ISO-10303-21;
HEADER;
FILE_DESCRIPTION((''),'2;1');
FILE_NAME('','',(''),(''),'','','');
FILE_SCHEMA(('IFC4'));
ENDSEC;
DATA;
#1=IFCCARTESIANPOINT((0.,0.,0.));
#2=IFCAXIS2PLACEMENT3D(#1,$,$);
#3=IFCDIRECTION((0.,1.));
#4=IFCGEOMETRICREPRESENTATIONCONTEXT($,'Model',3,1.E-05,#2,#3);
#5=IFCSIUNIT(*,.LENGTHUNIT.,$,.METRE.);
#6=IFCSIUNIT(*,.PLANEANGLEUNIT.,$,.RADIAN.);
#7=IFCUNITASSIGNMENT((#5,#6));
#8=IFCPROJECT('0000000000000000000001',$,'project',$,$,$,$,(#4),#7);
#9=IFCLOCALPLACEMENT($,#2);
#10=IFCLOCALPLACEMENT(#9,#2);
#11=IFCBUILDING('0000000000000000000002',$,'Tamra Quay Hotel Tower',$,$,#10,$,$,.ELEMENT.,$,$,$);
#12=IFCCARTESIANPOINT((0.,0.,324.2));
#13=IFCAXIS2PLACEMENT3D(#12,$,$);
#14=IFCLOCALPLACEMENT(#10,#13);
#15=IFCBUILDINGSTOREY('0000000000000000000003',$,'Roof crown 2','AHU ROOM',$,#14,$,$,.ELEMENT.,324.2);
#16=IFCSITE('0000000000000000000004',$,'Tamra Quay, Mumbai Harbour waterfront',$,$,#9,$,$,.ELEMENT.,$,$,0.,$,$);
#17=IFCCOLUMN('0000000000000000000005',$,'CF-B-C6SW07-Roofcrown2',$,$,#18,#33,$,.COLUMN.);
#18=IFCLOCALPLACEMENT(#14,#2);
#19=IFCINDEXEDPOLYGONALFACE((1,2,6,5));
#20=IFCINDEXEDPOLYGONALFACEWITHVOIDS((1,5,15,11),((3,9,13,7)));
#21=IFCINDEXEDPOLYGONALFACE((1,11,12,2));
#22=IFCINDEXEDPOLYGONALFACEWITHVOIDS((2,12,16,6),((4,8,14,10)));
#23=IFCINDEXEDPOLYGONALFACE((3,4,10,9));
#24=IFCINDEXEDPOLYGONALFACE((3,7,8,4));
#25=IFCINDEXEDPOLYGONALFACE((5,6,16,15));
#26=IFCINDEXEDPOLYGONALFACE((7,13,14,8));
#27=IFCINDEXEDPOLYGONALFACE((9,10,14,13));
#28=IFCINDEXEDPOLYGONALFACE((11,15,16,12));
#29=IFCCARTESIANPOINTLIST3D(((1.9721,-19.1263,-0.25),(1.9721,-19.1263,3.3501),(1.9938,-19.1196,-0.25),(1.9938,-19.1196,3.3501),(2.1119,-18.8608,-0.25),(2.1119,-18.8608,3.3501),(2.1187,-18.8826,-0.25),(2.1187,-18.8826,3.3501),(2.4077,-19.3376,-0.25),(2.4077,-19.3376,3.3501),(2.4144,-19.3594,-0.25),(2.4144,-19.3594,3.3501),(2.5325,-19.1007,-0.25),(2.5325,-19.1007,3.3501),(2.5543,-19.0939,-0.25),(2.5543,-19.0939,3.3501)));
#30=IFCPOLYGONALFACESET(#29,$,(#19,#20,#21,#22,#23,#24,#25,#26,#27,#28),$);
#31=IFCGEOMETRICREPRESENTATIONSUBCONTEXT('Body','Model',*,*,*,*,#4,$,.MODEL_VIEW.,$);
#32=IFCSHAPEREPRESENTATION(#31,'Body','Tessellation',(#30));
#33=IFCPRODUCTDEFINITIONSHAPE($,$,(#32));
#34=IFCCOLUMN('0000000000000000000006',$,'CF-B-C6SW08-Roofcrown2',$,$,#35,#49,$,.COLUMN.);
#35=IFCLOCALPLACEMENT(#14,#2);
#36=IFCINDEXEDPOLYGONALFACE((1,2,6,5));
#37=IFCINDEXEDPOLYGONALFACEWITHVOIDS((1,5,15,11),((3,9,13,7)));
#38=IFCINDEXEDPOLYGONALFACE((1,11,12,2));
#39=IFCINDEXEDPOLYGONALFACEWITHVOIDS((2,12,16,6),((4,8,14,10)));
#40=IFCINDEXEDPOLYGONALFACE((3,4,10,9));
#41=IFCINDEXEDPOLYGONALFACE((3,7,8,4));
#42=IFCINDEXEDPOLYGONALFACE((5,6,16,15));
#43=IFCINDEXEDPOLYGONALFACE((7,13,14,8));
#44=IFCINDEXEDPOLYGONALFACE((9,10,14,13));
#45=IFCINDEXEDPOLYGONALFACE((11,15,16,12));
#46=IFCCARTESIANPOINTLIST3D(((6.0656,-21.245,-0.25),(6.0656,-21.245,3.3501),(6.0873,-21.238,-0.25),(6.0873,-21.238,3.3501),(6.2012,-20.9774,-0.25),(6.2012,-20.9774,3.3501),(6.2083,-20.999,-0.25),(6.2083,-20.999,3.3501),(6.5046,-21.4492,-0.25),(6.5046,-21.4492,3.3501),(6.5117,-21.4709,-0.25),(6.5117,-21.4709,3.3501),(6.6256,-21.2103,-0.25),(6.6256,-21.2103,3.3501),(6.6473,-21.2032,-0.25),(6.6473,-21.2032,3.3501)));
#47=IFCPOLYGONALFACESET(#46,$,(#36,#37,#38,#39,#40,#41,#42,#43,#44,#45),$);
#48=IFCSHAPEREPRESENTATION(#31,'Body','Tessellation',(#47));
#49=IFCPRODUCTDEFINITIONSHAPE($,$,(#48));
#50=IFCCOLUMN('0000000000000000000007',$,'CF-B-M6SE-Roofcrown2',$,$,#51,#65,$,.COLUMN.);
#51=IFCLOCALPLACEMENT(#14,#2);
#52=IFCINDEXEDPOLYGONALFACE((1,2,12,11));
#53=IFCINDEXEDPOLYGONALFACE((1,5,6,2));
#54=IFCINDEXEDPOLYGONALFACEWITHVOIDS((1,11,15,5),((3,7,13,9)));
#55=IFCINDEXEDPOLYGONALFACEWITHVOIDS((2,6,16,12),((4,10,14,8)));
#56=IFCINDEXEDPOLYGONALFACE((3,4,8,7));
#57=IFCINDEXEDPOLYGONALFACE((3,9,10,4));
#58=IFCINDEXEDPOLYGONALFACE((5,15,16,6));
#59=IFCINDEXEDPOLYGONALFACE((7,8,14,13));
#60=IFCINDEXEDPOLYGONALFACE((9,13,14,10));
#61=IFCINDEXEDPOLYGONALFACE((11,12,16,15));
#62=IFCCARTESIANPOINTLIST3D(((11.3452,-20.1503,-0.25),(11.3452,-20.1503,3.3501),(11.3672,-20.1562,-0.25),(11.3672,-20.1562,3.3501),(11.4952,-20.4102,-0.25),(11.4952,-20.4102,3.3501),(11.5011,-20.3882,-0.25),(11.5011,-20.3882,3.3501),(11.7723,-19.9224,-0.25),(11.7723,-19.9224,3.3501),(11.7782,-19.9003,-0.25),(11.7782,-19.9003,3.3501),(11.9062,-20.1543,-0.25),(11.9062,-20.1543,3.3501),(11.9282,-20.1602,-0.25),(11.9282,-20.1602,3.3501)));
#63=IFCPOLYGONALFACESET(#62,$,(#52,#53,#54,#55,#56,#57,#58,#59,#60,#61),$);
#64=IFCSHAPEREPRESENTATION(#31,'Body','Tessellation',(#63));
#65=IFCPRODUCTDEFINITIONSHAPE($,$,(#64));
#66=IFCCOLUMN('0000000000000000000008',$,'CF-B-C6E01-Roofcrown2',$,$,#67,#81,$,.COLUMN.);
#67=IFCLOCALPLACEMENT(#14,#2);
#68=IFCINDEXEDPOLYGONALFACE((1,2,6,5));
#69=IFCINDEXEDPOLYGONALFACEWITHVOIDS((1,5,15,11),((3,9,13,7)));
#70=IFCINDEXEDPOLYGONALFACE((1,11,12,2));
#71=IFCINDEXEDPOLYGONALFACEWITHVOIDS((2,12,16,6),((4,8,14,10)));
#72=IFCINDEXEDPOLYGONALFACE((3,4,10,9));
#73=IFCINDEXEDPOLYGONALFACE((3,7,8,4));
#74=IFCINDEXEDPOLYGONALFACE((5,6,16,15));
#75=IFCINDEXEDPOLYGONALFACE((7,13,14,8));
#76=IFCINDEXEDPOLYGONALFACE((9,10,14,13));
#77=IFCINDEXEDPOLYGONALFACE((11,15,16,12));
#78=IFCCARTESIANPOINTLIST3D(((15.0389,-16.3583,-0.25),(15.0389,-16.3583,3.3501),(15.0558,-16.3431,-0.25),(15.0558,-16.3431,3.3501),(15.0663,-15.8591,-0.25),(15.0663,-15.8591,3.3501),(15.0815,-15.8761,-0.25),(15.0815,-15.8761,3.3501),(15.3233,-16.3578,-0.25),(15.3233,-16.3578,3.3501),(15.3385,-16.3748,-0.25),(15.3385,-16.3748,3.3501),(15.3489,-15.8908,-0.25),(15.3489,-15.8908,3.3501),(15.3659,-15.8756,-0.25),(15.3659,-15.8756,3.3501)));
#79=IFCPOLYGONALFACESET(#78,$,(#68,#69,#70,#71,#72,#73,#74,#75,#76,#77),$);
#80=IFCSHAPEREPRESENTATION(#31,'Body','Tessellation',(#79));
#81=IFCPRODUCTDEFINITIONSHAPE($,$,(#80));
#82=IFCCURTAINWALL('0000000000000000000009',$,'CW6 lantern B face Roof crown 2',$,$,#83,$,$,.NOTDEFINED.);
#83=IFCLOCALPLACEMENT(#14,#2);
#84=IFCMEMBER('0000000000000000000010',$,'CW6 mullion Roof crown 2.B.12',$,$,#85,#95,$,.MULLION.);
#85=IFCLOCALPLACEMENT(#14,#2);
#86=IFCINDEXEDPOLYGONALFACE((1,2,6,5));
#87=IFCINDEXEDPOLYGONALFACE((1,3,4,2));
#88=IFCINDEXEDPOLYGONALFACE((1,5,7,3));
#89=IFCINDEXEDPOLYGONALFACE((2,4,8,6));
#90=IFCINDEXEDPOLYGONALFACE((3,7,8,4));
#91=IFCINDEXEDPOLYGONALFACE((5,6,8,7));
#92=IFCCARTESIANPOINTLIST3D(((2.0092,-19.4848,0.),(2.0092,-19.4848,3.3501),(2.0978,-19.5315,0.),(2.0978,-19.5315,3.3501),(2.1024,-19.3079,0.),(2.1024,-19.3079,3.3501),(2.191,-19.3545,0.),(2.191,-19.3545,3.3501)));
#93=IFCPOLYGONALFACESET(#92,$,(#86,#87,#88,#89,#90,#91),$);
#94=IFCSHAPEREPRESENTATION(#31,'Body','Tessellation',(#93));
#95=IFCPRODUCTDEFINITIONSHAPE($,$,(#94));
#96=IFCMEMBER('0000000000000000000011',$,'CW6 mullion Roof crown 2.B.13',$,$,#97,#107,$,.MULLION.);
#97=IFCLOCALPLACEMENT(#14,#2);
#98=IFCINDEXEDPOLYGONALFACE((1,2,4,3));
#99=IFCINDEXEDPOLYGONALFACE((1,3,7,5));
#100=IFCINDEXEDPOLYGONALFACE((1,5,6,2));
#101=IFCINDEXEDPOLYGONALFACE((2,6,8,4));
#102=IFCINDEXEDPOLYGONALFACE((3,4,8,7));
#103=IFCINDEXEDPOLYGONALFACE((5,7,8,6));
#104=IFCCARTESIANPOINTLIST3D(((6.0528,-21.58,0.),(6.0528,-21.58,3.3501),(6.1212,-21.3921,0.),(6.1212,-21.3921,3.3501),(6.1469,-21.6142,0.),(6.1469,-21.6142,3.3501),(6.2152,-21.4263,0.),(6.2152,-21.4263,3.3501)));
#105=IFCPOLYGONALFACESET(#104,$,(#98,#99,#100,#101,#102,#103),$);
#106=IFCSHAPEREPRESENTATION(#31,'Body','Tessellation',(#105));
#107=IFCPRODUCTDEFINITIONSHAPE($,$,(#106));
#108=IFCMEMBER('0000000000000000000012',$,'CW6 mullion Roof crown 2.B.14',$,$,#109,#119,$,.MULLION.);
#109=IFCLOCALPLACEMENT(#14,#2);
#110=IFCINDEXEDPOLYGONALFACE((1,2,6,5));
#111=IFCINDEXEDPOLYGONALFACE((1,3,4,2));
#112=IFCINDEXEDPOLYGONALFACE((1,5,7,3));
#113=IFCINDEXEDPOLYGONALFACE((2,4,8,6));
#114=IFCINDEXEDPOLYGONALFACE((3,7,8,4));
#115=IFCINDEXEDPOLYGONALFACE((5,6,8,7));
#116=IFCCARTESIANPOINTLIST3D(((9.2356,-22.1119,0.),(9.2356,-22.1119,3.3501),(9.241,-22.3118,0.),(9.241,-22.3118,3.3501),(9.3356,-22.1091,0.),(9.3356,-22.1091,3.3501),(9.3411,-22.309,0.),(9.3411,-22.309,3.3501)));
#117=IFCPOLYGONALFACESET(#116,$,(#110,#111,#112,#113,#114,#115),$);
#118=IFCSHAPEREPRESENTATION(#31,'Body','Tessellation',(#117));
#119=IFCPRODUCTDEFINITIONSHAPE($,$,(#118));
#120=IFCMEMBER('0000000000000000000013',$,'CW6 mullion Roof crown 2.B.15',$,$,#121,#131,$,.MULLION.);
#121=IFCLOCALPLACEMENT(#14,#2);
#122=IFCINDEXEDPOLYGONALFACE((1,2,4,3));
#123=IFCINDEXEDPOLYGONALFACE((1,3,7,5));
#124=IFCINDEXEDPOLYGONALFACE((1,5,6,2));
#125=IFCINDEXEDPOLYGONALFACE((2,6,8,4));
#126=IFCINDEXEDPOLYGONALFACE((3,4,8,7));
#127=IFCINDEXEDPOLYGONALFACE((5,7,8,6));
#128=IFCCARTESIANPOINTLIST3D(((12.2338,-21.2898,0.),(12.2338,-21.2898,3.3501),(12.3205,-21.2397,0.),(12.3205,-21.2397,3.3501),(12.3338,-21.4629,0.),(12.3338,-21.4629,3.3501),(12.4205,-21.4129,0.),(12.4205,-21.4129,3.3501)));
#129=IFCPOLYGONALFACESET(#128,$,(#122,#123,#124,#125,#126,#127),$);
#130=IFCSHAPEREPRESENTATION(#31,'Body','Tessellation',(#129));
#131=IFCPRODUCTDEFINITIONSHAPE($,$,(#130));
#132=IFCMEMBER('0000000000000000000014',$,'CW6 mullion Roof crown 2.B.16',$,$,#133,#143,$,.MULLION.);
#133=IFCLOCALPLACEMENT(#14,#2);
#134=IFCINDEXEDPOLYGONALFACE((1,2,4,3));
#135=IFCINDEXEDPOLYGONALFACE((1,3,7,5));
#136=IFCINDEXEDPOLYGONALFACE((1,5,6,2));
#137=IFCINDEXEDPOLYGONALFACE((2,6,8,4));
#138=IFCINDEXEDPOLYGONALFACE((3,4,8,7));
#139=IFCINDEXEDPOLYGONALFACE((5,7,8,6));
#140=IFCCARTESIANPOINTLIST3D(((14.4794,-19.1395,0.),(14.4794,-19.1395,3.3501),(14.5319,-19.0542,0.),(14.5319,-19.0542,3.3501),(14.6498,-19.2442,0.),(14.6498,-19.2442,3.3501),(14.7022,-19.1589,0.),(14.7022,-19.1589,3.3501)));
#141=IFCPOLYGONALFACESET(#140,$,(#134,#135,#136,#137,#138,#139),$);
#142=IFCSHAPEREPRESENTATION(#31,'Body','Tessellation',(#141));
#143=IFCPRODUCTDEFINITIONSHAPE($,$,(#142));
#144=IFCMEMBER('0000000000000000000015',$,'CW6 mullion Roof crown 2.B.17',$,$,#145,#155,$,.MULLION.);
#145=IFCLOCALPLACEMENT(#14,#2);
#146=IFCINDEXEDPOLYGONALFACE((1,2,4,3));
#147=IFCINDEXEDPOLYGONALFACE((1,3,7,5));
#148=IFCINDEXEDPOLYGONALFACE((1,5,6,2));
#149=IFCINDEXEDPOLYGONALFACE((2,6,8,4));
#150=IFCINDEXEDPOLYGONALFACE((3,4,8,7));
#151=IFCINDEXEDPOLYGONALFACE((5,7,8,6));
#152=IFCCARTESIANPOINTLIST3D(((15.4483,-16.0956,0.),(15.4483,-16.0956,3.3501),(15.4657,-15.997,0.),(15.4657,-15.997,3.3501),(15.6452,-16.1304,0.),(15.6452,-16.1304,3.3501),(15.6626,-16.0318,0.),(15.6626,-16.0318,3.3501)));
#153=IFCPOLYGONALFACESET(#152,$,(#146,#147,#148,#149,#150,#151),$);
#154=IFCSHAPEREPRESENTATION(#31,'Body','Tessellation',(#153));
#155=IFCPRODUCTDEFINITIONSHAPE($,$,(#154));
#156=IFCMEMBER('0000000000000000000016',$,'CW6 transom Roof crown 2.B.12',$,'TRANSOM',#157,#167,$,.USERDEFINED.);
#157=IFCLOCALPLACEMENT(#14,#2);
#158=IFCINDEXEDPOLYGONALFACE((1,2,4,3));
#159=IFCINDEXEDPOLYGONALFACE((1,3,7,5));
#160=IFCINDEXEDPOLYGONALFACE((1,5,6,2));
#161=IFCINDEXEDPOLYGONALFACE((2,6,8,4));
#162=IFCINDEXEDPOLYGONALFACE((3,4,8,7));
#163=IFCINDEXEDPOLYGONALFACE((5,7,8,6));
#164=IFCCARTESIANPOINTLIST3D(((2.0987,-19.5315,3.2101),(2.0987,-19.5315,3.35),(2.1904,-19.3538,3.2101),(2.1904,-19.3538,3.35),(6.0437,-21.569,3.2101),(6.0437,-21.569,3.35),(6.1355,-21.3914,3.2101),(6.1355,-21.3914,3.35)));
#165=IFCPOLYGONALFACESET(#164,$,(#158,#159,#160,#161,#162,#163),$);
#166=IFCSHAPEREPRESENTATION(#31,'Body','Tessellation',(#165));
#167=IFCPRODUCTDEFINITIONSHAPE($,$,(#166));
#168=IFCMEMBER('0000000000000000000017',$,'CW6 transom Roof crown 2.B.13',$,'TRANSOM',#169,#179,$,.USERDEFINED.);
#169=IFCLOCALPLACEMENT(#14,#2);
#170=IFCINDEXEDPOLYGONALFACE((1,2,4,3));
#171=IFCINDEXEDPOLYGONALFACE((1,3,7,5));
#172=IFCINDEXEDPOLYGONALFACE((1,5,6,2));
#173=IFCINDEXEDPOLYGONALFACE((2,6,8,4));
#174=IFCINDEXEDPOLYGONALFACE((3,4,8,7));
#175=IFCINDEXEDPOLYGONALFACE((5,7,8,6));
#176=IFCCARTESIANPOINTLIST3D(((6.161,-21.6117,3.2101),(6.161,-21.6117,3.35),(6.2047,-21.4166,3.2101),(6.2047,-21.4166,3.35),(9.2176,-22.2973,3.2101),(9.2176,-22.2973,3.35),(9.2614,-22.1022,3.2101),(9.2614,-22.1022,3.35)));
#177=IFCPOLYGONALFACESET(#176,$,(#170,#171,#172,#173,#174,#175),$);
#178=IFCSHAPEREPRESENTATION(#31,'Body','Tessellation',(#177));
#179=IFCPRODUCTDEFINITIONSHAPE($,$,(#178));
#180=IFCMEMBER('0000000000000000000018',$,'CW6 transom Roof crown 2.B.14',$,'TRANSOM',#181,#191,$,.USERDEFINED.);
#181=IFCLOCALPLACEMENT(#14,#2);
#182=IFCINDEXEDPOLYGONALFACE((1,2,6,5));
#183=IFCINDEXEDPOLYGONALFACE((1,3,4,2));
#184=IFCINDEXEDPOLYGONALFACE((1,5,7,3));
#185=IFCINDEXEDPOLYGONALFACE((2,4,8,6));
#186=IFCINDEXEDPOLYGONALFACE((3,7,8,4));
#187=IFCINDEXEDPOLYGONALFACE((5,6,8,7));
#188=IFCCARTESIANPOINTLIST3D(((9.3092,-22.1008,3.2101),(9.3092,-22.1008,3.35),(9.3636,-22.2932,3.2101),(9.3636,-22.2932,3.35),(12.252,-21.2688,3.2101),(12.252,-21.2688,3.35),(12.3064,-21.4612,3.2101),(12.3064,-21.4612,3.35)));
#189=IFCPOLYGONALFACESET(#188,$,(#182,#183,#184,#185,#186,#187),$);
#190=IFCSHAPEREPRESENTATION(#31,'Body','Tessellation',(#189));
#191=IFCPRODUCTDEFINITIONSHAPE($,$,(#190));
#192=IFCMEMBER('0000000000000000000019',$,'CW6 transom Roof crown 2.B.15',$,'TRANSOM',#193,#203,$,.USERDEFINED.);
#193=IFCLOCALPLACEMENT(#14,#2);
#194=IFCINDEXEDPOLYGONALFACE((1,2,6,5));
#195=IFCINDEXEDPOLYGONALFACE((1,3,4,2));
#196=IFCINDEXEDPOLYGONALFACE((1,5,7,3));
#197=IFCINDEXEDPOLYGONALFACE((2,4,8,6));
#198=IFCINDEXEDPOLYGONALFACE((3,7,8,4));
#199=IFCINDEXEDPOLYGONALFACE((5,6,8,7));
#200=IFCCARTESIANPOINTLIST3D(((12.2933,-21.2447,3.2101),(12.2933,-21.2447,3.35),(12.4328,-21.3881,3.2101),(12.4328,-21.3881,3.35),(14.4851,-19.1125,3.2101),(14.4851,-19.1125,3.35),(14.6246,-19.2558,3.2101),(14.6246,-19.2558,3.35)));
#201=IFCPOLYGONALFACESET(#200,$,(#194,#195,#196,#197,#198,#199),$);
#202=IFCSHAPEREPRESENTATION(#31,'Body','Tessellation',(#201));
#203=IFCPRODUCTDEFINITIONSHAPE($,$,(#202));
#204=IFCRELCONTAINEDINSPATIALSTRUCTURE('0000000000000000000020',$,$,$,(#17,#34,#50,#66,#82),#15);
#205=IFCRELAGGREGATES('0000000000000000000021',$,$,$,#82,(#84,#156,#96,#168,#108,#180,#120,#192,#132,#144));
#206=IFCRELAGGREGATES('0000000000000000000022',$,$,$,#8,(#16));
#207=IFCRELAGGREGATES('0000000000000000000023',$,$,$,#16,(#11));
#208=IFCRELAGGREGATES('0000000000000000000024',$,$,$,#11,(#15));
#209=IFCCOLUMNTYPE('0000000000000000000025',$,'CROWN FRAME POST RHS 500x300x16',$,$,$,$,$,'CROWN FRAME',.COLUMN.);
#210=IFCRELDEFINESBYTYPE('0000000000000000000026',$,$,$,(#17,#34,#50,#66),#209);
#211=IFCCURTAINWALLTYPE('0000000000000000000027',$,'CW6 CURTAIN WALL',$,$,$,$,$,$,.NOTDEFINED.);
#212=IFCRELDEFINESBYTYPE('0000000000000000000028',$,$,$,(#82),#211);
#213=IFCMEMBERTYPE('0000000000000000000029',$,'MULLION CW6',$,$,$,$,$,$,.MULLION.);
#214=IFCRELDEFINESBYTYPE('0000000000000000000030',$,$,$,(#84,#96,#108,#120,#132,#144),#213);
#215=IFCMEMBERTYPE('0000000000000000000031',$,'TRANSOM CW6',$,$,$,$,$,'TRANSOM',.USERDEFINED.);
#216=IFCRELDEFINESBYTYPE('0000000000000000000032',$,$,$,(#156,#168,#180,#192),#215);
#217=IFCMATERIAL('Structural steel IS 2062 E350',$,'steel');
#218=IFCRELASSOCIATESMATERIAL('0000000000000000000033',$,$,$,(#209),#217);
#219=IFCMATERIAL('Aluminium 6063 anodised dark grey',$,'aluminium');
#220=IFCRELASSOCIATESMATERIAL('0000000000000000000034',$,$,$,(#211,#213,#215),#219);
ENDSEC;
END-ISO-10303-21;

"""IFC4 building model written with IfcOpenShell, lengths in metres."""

from ifc_helpers import new_model, si_unit, direction, frame, origin, origin_2d, place, context, subcontext, project, spatial, rectangle, hollow_rectangle, extrude, material, material_profile, profile_set, type_object, element, aggregate, save


model = new_model("IFC4")

# Units and contexts
model_context = context("Model", 3, precision=1e-05, world=origin(), true_north=direction((0.0, 1.0)))
body_context = subcontext(model_context, "Body", "Model", "MODEL_VIEW")
ifc_project = project(units=[si_unit("LENGTHUNIT", "METRE"), si_unit("PLANEANGLEUNIT", "RADIAN")], contexts=[model_context])

# Site, building, storey
site_placement = place(None, origin())
site = spatial("IfcSite", under=ifc_project, at=site_placement, Name="Tamra Quay, Mumbai Harbour waterfront", CompositionType="ELEMENT", RefElevation=0.0)
building_placement = place(site_placement, origin())
building = spatial("IfcBuilding", under=site, at=building_placement, Name="Tamra Quay Hotel Tower", CompositionType="ELEMENT")
storey_placement = place(building_placement, frame((0.0, 0.0, 324.2)))
storey = spatial("IfcBuildingStorey", under=building, at=storey_placement, Name="Roof crown 2", Description="AHU ROOM", CompositionType="ELEMENT", Elevation=324.2)

# Columns
ifc_material_1 = material(Name="Structural steel IS 2062 E350", Category="steel")
ifc_material_profile_1 = material_profile(ifc_material_1, hollow_rectangle(XDim=0.3, YDim=0.5, WallThickness=0.0161, at=origin_2d()), Name="RHS 500x300x16")
ifc_profile_set_1 = profile_set([ifc_material_profile_1], Name="Structural steel IS 2062 E350")
column_type = type_object("IfcColumnType", Name="CROWN FRAME POST RHS 500x300x16", ElementType="CROWN FRAME", PredefinedType="COLUMN", material=ifc_profile_set_1)
for number, where, z_axis, x_axis, name in (
    (1, (2.2632, -19.1101, -0.25), (0.0, 0.0, 1.0), (0.466118, 0.884723, 0.0), "CF-B-C6SW07-Roofcrown2"),
    (2, (6.3564, -21.2241, -0.25), (0.0, 0.0, 1.0), (0.451686, 0.892177, 0.0), "CF-B-C6SW08-Roofcrown2"),
    (3, (11.6367, -20.1553, -0.25), (0.0, 0.0, 1.0), (-0.5, 0.866025, 0.0), "CF-B-M6SE-Roofcrown2"),
    (4, (15.2024, -16.1169, -0.25), (0.0, 0.0, 1.0), (-0.998491, 0.054917, 0.0), "CF-B-C6E01-Roofcrown2"),
):
    element("IfcColumn", number, at=place(storey_placement, frame(where, z_axis=z_axis, x_axis=x_axis)), inside=storey, type_object=column_type, Name=name, PredefinedType="COLUMN", context=body_context, shape_type="SweptSolid", body=[
        extrude(hollow_rectangle(XDim=0.3, YDim=0.5, WallThickness=0.0161, at=origin_2d()), origin(), (0.0, 0.0, 1.0), 3.6001),
    ])

# Curtain wall, members
ifc_material_2 = material(Name="Aluminium 6063 anodised dark grey", Category="aluminium")
curtain_wall_type = type_object("IfcCurtainWallType", Name="CW6 CURTAIN WALL", PredefinedType="NOTDEFINED", material=ifc_material_2)
curtain_wall_placement = place(storey_placement, origin())
curtain_wall = element("IfcCurtainWall", 5, at=curtain_wall_placement, inside=storey, type_object=curtain_wall_type, Name="CW6 lantern B face Roof crown 2", PredefinedType="NOTDEFINED")
ifc_material_profile_2 = material_profile(ifc_material_2, rectangle(XDim=0.2, YDim=0.1001, at=origin_2d()), Name="MULLION 100X200")
ifc_profile_set_2 = profile_set([ifc_material_profile_2], Name="Aluminium 6063 anodised dark grey")
member_type_1 = type_object("IfcMemberType", Name="MULLION CW6", PredefinedType="MULLION", material=ifc_profile_set_2)
member_1_placement = place(storey_placement, frame((2.1001, -19.4197, 0.0), z_axis=(0.0, 0.0, 1.0), x_axis=(-0.465816, -0.884882, 0.0)))
member_1 = element("IfcMember", 6, at=member_1_placement, type_object=member_type_1, Name="CW6 mullion Roof crown 2.B.12", PredefinedType="MULLION", context=body_context, shape_type="SweptSolid", body=[
    extrude(rectangle(XDim=0.2, YDim=0.1001, at=origin_2d()), origin(), (0.0, 0.0, 1.0), 3.3501),
])
member_2_placement = place(storey_placement, frame((6.134, -21.5032, 0.0), z_axis=(0.0, 0.0, 1.0), x_axis=(-0.341653, -0.939826, 0.0)))
member_2 = element("IfcMember", 7, at=member_2_placement, type_object=member_type_1, Name="CW6 mullion Roof crown 2.B.13", PredefinedType="MULLION", context=body_context, shape_type="SweptSolid", body=[
    extrude(rectangle(XDim=0.2, YDim=0.1001, at=origin_2d()), origin(), (0.0, 0.0, 1.0), 3.3501),
])
member_3_placement = place(storey_placement, frame((9.2883, -22.2104, 0.0), z_axis=(0.0, 0.0, 1.0), x_axis=(0.027469, -0.999623, 0.0)))
member_3 = element("IfcMember", 8, at=member_3_placement, type_object=member_type_1, Name="CW6 mullion Roof crown 2.B.14", PredefinedType="MULLION", context=body_context, shape_type="SweptSolid", body=[
    extrude(rectangle(XDim=0.2, YDim=0.1001, at=origin_2d()), origin(), (0.0, 0.0, 1.0), 3.3501),
])
member_4_placement = place(storey_placement, frame((12.3271, -21.3513, 0.0), z_axis=(0.0, 0.0, 1.0), x_axis=(0.5, -0.866025, 0.0)))
member_4 = element("IfcMember", 9, at=member_4_placement, type_object=member_type_1, Name="CW6 mullion Roof crown 2.B.15", PredefinedType="MULLION", context=body_context, shape_type="SweptSolid", body=[
    extrude(rectangle(XDim=0.2, YDim=0.1001, at=origin_2d()), origin(), (0.0, 0.0, 1.0), 3.3501),
])
member_5_placement = place(storey_placement, frame((14.5908, -19.1492, 0.0), z_axis=(0.0, 0.0, 1.0), x_axis=(0.851964, -0.5236, 0.0)))
member_5 = element("IfcMember", 10, at=member_5_placement, type_object=member_type_1, Name="CW6 mullion Roof crown 2.B.16", PredefinedType="MULLION", context=body_context, shape_type="SweptSolid", body=[
    extrude(rectangle(XDim=0.2, YDim=0.1001, at=origin_2d()), origin(), (0.0, 0.0, 1.0), 3.3501),
])
member_6_placement = place(storey_placement, frame((15.5554, -16.0637, 0.0), z_axis=(0.0, 0.0, 1.0), x_axis=(0.98474, -0.174032, 0.0)))
member_6 = element("IfcMember", 11, at=member_6_placement, type_object=member_type_1, Name="CW6 mullion Roof crown 2.B.17", PredefinedType="MULLION", context=body_context, shape_type="SweptSolid", body=[
    extrude(rectangle(XDim=0.2, YDim=0.1001, at=origin_2d()), origin(), (0.0, 0.0, 1.0), 3.3501),
])
ifc_material_profile_3 = material_profile(ifc_material_2, rectangle(XDim=0.2, YDim=0.1399, at=origin_2d()), Name="TRANSOM 200X140")
ifc_profile_set_3 = profile_set([ifc_material_profile_3], Name="Aluminium 6063 anodised dark grey")
member_type_2 = type_object("IfcMemberType", Name="TRANSOM CW6", ElementType="TRANSOM", PredefinedType="USERDEFINED", material=ifc_profile_set_3)
member_7_placement = place(storey_placement, frame((2.1445, -19.4426, 3.28), z_axis=(0.888489, -0.458898, 0.0), x_axis=(0.458898, 0.888489, 0.0)))
member_7 = element("IfcMember", 12, at=member_7_placement, type_object=member_type_2, Name="CW6 transom Roof crown 2.B.12", ObjectType="TRANSOM", PredefinedType="USERDEFINED", context=body_context, shape_type="SweptSolid", body=[
    extrude(rectangle(XDim=0.2, YDim=0.1399, at=origin_2d()), origin(), (0.0, 0.0, 1.0), 4.4402),
])
member_8_placement = place(storey_placement, frame((6.1829, -21.5142, 3.28), z_axis=(0.97576, -0.218845, 0.0), x_axis=(0.218845, 0.97576, 0.0)))
member_8 = element("IfcMember", 13, at=member_8_placement, type_object=member_type_2, Name="CW6 transom Roof crown 2.B.13", ObjectType="TRANSOM", PredefinedType="USERDEFINED", context=body_context, shape_type="SweptSolid", body=[
    extrude(rectangle(XDim=0.2, YDim=0.1399, at=origin_2d()), origin(), (0.0, 0.0, 1.0), 3.1326),
])
member_9_placement = place(storey_placement, frame((9.3364, -22.197, 3.28), z_axis=(0.962274, 0.272084, 0.0), x_axis=(-0.272084, 0.962274, 0.0)))
member_9 = element("IfcMember", 14, at=member_9_placement, type_object=member_type_2, Name="CW6 transom Roof crown 2.B.14", ObjectType="TRANSOM", PredefinedType="USERDEFINED", context=body_context, shape_type="SweptSolid", body=[
    extrude(rectangle(XDim=0.2, YDim=0.1399, at=origin_2d()), origin(), (0.0, 0.0, 1.0), 3.0581),
])
member_10_placement = place(storey_placement, frame((12.363, -21.3164, 3.28), z_axis=(0.71678, 0.6973, 0.0), x_axis=(-0.6973, 0.71678, 0.0)))
member_10 = element("IfcMember", 15, at=member_10_placement, type_object=member_type_2, Name="CW6 transom Roof crown 2.B.15", ObjectType="TRANSOM", PredefinedType="USERDEFINED", context=body_context, shape_type="SweptSolid", body=[
    extrude(rectangle(XDim=0.2, YDim=0.1399, at=origin_2d()), origin(), (0.0, 0.0, 1.0), 3.0579),
])
aggregate(curtain_wall, [member_1, member_7, member_2, member_8, member_3, member_9, member_4, member_10, member_5, member_6])

save(model, "model.ifc")
